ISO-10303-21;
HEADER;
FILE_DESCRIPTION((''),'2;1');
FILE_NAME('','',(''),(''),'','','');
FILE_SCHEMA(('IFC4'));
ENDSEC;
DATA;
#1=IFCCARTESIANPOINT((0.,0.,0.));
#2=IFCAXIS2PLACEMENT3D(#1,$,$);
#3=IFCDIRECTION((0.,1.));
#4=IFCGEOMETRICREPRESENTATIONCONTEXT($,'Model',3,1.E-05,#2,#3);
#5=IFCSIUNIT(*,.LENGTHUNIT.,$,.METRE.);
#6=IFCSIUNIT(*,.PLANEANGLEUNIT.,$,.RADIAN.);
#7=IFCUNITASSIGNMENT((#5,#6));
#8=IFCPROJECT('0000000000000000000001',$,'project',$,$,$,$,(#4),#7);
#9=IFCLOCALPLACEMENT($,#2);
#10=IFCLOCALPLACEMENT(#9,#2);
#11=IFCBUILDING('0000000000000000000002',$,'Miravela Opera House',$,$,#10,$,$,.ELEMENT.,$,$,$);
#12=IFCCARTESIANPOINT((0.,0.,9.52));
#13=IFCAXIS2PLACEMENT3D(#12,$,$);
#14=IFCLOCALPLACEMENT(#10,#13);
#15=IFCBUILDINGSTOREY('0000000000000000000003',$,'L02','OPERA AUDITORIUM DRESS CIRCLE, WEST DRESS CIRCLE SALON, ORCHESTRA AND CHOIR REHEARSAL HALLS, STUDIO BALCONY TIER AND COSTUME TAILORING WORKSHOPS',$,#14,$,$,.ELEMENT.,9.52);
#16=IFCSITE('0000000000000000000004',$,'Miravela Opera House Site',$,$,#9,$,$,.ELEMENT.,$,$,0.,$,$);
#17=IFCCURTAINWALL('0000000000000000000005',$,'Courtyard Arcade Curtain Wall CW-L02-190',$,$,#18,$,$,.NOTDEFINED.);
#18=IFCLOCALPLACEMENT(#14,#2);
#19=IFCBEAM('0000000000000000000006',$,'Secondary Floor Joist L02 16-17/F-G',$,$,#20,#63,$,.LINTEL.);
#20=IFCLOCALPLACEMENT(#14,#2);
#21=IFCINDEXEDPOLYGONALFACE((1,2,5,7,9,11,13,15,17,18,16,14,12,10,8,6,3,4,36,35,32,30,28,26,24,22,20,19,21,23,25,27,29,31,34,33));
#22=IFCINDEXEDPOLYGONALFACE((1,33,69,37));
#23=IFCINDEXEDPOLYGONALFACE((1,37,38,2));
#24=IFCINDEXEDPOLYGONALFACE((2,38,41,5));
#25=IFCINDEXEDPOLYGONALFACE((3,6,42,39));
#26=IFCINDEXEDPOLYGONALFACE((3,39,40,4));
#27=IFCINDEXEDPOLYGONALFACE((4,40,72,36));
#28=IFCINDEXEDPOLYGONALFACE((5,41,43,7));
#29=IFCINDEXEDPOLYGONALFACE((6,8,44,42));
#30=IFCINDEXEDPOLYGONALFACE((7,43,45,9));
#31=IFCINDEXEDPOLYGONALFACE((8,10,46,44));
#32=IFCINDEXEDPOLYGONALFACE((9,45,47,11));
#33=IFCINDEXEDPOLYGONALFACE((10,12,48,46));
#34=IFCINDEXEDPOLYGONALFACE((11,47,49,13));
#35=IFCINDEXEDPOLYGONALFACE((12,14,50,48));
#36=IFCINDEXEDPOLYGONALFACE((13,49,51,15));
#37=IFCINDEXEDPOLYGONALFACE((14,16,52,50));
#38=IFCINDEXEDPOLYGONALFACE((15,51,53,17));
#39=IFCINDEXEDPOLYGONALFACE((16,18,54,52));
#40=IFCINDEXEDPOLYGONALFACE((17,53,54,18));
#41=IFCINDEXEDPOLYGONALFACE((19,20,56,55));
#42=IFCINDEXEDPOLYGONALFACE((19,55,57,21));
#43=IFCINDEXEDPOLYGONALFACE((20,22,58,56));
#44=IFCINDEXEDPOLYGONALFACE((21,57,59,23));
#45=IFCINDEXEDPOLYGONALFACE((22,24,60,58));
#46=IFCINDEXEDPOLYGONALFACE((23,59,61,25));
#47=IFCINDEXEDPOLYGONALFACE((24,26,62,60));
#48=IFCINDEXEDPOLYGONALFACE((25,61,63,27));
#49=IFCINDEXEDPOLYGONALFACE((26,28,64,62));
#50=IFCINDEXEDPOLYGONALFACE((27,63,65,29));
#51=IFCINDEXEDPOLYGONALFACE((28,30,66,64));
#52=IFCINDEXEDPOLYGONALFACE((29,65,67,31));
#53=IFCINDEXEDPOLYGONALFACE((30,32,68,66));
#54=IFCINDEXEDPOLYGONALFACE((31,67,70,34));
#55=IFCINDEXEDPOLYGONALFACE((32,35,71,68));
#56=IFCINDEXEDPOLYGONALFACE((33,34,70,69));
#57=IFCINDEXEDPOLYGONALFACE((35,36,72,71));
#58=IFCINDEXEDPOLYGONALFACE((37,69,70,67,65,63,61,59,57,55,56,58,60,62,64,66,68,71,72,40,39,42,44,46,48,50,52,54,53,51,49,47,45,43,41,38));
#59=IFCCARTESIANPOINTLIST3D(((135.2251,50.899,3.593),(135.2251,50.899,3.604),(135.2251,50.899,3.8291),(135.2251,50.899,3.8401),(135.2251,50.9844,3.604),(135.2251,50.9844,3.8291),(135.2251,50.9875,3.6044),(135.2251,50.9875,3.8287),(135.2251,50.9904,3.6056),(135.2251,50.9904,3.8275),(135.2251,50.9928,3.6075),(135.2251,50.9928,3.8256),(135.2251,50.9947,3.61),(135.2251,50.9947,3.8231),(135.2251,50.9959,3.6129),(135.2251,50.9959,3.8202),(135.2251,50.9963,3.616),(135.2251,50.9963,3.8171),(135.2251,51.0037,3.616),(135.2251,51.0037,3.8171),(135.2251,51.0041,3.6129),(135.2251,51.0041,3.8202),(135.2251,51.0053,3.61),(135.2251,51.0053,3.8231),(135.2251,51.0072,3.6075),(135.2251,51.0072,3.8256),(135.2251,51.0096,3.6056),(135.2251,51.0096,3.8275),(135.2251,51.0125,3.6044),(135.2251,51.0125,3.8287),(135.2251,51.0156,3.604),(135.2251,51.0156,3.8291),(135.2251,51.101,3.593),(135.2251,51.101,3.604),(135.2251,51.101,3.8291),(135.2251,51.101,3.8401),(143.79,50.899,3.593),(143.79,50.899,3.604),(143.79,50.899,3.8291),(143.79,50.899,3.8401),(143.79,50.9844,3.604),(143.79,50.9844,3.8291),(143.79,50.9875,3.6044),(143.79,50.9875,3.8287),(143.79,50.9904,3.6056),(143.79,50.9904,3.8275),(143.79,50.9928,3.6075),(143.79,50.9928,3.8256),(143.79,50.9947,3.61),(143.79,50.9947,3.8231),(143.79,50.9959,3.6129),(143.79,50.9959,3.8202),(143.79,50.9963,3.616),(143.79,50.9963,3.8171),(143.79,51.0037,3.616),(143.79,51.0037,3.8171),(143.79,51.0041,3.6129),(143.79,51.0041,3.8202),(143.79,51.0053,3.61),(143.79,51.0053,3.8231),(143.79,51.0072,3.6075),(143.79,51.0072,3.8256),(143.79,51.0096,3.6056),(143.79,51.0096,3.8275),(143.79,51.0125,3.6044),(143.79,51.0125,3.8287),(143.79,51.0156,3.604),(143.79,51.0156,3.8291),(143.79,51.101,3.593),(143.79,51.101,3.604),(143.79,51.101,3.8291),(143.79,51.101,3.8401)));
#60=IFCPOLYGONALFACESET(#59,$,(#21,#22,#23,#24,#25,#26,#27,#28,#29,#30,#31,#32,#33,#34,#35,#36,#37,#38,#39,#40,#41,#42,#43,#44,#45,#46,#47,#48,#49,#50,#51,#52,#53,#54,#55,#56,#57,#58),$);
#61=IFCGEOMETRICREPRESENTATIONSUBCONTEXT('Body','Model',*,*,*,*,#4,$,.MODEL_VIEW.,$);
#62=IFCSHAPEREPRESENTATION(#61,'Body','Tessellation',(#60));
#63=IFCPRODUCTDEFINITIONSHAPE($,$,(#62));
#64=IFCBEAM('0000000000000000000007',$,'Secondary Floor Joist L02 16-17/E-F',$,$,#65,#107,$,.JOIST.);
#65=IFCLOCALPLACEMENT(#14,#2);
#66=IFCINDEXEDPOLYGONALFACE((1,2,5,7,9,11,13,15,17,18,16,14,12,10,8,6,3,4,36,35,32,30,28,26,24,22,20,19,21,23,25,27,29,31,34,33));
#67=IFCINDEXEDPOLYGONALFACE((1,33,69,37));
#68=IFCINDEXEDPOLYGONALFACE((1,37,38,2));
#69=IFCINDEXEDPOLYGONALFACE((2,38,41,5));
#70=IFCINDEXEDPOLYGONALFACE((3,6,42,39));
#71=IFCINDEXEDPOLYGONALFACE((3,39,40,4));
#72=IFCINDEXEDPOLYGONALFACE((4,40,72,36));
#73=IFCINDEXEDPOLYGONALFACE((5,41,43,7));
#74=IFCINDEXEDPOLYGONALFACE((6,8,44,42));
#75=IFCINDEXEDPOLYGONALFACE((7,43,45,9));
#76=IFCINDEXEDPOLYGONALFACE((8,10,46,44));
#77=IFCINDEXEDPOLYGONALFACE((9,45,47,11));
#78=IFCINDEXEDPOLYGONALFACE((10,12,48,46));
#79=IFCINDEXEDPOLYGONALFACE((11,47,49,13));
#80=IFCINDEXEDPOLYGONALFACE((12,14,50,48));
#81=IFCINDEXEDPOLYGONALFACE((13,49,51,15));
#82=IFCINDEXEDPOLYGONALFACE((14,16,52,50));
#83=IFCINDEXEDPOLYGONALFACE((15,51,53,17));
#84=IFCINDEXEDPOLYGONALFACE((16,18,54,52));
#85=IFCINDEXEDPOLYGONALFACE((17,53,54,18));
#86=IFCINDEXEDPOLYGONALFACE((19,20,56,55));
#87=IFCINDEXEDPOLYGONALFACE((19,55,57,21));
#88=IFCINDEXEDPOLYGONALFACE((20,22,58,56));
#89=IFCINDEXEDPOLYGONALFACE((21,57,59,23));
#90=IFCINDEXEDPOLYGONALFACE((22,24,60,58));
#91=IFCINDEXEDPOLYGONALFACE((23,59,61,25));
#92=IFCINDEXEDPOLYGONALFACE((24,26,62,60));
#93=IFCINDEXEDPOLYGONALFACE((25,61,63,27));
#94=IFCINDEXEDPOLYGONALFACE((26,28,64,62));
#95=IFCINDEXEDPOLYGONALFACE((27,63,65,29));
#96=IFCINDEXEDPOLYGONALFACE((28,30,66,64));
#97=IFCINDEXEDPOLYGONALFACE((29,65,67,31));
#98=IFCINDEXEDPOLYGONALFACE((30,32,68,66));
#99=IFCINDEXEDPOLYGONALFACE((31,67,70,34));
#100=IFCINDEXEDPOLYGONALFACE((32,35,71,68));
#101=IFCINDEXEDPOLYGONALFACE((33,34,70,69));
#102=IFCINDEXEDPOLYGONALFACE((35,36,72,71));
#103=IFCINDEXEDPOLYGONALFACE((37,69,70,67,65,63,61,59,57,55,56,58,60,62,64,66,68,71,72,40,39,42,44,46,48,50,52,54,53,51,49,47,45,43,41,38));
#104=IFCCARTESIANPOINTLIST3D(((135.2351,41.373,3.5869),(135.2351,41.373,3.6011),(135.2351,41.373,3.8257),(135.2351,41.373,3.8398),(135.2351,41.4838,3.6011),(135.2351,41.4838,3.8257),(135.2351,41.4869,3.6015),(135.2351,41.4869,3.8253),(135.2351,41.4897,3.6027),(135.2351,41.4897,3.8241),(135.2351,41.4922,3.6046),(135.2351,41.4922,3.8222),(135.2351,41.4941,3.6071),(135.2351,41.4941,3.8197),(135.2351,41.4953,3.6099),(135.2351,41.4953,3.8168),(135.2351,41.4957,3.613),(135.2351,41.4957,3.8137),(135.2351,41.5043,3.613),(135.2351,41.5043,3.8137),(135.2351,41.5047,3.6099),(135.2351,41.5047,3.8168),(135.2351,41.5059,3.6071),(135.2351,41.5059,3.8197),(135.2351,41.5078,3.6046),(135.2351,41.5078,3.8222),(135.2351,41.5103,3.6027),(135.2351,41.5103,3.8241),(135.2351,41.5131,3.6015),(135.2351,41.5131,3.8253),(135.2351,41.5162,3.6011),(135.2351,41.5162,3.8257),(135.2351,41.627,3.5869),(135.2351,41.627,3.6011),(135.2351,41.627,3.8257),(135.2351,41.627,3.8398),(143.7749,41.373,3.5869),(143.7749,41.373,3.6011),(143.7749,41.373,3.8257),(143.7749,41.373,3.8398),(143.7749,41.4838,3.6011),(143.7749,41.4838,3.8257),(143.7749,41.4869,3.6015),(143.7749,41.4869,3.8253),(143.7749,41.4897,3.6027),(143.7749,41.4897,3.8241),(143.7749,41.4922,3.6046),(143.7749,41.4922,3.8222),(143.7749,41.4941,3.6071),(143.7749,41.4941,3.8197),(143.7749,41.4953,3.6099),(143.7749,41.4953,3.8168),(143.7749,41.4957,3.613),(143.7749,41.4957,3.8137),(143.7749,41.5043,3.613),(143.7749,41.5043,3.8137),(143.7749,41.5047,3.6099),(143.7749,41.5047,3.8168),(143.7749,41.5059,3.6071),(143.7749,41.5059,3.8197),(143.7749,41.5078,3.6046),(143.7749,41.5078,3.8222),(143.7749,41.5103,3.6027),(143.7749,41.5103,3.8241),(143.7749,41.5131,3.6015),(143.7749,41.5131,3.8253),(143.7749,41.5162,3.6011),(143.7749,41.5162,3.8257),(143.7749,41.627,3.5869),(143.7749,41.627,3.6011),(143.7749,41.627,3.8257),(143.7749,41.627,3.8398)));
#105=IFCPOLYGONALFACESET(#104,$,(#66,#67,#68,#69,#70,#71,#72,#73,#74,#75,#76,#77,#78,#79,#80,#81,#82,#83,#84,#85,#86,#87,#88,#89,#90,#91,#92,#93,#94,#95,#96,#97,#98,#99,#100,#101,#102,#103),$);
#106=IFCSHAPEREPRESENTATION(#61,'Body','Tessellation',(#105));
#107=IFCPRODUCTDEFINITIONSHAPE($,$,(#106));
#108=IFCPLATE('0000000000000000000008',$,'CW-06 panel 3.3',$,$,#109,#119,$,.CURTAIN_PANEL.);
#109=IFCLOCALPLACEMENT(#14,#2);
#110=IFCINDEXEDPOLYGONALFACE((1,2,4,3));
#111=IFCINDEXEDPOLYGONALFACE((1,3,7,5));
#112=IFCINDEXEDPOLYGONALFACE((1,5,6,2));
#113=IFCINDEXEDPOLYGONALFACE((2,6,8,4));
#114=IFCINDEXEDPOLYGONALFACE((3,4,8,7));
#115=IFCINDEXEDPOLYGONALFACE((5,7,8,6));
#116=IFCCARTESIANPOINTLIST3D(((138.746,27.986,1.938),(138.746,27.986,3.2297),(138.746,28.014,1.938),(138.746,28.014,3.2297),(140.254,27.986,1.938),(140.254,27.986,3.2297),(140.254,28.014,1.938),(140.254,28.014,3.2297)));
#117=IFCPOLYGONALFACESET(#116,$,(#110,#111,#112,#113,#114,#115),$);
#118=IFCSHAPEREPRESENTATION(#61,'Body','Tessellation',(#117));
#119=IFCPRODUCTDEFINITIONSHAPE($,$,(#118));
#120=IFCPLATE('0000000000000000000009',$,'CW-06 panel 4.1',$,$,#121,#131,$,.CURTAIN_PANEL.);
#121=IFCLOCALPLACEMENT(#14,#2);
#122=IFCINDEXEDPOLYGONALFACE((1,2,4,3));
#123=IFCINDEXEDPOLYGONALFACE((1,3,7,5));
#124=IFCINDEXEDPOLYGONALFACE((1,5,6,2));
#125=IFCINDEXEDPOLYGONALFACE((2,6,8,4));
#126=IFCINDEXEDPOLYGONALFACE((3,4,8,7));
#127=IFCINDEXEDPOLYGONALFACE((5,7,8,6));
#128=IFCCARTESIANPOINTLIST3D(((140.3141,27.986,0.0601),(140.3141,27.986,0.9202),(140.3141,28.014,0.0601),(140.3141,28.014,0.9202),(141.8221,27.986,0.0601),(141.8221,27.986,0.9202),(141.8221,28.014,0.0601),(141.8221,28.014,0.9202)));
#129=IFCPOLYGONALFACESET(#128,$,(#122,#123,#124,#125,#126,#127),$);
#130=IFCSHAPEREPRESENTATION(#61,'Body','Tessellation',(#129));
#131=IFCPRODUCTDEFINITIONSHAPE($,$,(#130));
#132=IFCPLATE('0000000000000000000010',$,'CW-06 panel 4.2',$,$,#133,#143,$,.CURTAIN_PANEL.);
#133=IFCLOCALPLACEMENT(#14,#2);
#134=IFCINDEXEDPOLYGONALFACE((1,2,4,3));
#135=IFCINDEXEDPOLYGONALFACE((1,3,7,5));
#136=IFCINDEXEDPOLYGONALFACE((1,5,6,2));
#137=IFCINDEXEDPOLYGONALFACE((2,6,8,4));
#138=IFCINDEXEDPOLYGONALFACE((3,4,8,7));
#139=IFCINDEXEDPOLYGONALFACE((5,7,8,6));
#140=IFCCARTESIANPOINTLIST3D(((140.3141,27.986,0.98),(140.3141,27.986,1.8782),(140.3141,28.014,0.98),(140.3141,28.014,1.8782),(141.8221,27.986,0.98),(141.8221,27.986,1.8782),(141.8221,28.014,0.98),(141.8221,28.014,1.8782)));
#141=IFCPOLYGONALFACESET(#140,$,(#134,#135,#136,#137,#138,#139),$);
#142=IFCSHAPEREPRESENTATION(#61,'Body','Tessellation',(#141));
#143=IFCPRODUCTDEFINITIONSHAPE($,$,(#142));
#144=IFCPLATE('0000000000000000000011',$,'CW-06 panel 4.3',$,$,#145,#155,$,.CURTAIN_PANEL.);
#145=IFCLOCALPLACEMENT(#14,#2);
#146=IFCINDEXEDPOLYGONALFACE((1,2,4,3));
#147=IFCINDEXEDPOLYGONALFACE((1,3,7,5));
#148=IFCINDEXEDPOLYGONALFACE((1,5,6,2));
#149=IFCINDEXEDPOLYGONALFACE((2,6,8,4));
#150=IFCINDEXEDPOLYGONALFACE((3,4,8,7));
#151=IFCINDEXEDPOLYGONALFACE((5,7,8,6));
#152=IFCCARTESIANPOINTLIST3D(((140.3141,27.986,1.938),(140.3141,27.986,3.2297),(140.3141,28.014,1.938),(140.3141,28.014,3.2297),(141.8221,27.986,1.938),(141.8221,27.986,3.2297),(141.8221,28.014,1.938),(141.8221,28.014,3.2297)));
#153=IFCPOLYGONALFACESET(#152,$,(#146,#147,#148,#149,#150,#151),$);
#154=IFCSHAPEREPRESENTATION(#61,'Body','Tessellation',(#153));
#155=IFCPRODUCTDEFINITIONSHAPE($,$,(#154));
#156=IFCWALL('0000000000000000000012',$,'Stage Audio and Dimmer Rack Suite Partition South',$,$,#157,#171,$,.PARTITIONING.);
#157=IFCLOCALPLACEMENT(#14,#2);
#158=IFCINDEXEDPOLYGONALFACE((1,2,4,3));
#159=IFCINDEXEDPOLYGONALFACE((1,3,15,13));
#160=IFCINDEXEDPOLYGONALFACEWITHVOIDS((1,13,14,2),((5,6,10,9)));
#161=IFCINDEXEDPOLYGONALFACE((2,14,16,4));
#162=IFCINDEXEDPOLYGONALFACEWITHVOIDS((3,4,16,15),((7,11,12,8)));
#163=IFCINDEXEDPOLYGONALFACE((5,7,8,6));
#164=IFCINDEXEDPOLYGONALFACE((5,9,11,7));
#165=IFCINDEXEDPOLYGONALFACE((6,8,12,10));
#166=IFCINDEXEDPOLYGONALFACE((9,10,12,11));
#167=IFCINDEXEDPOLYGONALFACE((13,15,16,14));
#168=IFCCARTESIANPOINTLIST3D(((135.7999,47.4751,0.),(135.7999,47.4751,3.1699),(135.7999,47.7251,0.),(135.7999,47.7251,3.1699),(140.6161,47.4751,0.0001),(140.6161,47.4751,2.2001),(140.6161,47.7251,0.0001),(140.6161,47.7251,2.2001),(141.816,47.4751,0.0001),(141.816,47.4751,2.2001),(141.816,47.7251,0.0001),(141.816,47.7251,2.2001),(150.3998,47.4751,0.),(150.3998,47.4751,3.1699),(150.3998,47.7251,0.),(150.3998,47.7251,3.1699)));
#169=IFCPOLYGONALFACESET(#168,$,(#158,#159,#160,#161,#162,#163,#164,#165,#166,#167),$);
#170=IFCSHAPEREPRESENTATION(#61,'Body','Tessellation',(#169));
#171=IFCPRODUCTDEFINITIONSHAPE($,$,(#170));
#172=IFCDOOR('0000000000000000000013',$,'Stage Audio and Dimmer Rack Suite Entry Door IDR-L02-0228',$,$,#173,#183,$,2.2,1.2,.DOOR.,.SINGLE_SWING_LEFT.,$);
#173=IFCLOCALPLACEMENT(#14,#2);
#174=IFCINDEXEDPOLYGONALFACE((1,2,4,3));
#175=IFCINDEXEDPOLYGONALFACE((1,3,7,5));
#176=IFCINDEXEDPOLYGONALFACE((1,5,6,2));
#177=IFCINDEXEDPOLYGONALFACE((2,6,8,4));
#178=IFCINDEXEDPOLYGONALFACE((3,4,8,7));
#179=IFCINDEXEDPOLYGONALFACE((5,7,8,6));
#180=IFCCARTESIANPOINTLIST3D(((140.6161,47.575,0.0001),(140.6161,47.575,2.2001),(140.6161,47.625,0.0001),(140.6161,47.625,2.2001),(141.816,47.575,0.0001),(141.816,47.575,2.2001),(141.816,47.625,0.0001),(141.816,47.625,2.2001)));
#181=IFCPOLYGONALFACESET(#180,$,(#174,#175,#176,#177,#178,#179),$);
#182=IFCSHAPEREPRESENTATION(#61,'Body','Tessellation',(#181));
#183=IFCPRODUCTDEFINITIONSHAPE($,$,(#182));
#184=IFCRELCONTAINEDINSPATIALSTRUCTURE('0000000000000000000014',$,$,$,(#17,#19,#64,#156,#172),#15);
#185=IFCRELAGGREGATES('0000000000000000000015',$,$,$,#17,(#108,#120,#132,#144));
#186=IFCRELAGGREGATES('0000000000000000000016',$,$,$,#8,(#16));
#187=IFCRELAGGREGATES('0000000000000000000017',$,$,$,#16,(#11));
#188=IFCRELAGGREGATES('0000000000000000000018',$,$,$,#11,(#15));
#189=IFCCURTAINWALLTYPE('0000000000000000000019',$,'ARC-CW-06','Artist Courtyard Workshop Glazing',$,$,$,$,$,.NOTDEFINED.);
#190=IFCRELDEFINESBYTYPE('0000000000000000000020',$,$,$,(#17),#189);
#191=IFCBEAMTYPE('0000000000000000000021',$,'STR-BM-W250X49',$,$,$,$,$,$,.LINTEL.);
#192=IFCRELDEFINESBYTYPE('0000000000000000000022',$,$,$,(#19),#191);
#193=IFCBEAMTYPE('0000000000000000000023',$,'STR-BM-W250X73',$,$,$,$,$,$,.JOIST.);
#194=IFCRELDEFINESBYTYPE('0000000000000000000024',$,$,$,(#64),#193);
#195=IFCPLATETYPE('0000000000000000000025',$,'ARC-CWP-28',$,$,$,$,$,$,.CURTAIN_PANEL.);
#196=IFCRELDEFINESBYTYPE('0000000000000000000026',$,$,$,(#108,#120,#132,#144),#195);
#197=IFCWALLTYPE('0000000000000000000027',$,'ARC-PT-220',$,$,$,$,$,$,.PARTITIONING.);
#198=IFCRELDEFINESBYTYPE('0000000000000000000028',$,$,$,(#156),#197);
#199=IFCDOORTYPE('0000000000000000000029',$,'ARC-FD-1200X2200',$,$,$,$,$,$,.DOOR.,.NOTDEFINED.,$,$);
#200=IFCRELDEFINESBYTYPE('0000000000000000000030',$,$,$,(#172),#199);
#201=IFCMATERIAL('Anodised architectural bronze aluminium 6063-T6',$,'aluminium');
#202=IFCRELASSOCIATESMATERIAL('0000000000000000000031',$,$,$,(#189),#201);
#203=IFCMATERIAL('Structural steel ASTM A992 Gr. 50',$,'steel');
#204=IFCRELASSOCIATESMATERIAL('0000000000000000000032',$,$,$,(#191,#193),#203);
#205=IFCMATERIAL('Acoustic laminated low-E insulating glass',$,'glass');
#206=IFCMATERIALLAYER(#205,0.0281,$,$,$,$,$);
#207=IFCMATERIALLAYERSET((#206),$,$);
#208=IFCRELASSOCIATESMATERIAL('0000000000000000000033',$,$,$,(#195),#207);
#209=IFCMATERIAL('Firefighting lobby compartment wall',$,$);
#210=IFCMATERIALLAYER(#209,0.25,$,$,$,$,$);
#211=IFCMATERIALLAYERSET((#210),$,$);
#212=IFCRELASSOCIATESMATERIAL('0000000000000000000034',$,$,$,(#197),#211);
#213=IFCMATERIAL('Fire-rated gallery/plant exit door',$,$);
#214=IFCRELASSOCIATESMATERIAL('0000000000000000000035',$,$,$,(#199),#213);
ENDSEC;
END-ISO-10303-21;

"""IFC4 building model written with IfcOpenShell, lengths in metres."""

from ifc_helpers import new_model, si_unit, direction, frame, frame_2d, origin, origin_2d, place, context, subcontext, project, spatial, rectangle, i_section, extrude, material, layer, layer_set, material_profile, profile_set, type_object, element, fill, aggregate, save


model = new_model("IFC4")

# Units and contexts
model_context = context("Model", 3, precision=1e-05, world=origin(), true_north=direction((0.0, 1.0)))
body_context = subcontext(model_context, "Body", "Model", "MODEL_VIEW")
ifc_project = project(units=[si_unit("LENGTHUNIT", "METRE"), si_unit("PLANEANGLEUNIT", "RADIAN")], contexts=[model_context])

# Site, building, storey
site_placement = place(None, origin())
site = spatial("IfcSite", under=ifc_project, at=site_placement, Name="Miravela Opera House Site", CompositionType="ELEMENT", RefElevation=0.0)
building_placement = place(site_placement, origin())
building = spatial("IfcBuilding", under=site, at=building_placement, Name="Miravela Opera House", CompositionType="ELEMENT")
storey_placement = place(building_placement, frame((0.0, 0.0, 9.52)))
storey = spatial("IfcBuildingStorey", under=building, at=storey_placement, Name="L02", Description="OPERA AUDITORIUM DRESS CIRCLE, WEST DRESS CIRCLE SALON, ORCHESTRA AND CHOIR REHEARSAL HALLS, STUDIO BALCONY TIER AND COSTUME TAILORING WORKSHOPS", CompositionType="ELEMENT", Elevation=9.52)

# Curtain wall
ifc_material_1 = material(Name="Anodised architectural bronze aluminium 6063-T6", Category="aluminium")
curtain_wall_type = type_object("IfcCurtainWallType", Name="ARC-CW-06", Description="Artist Courtyard Workshop Glazing", PredefinedType="NOTDEFINED", material=ifc_material_1)
curtain_wall_placement = place(storey_placement, origin())
curtain_wall = element("IfcCurtainWall", 1, at=curtain_wall_placement, inside=storey, type_object=curtain_wall_type, Name="Courtyard Arcade Curtain Wall CW-L02-190", PredefinedType="NOTDEFINED")

# Beams
ifc_material_2 = material(Name="Structural steel ASTM A992 Gr. 50", Category="steel")
ifc_material_profile_1 = material_profile(ifc_material_2, i_section(OverallWidth=0.2019, OverallDepth=0.2471, WebThickness=0.0073, FlangeThickness=0.011, FilletRadius=0.012, at=origin_2d()), Name="W250X49")
ifc_profile_set_1 = profile_set([ifc_material_profile_1])
beam_type_1 = type_object("IfcBeamType", Name="STR-BM-W250X49", PredefinedType="LINTEL", material=ifc_profile_set_1)
beam_1_placement = place(storey_placement, frame((135.2251, 51.0, 3.7166), z_axis=(1.0, 0.0, 0.0), x_axis=(0.0, 1.0, 0.0)))
element("IfcBeam", 2, at=beam_1_placement, inside=storey, type_object=beam_type_1, Name="Secondary Floor Joist L02 16-17/F-G", PredefinedType="LINTEL", context=body_context, shape_type="SweptSolid", body=[
    extrude(i_section(OverallWidth=0.2019, OverallDepth=0.2471, WebThickness=0.0073, FlangeThickness=0.011, FilletRadius=0.012, at=origin_2d()), origin(), (0.0, 0.0, 1.0), 8.5649),
])
ifc_material_profile_2 = material_profile(ifc_material_2, i_section(OverallWidth=0.2539, OverallDepth=0.2529, WebThickness=0.0085, FlangeThickness=0.0142, FilletRadius=0.012, at=origin_2d()), Name="W250X73")
ifc_profile_set_2 = profile_set([ifc_material_profile_2])
beam_type_2 = type_object("IfcBeamType", Name="STR-BM-W250X73", PredefinedType="JOIST", material=ifc_profile_set_2)
beam_2_placement = place(storey_placement, frame((135.2351, 41.5, 3.7134), z_axis=(1.0, 0.0, 0.0), x_axis=(0.0, 1.0, 0.0)))
element("IfcBeam", 3, at=beam_2_placement, inside=storey, type_object=beam_type_2, Name="Secondary Floor Joist L02 16-17/E-F", PredefinedType="JOIST", context=body_context, shape_type="SweptSolid", body=[
    extrude(i_section(OverallWidth=0.2539, OverallDepth=0.2529, WebThickness=0.0085, FlangeThickness=0.0142, FilletRadius=0.012, at=origin_2d()), origin(), (0.0, 0.0, 1.0), 8.5398),
])

# Plates
ifc_material_3 = material(Name="Acoustic laminated low-E insulating glass", Category="glass")
ifc_layer_1 = layer(ifc_material_3, 0.0281)
ifc_layer_set_1 = layer_set([ifc_layer_1])
plate_type = type_object("IfcPlateType", Name="ARC-CWP-28", PredefinedType="CURTAIN_PANEL", material=ifc_layer_set_1)
plate_1_placement = place(storey_placement, frame((139.5, 28.0, 1.938), z_axis=(0.0, 0.0, 1.0), x_axis=(1.0, 0.0, 0.0)))
plate_1 = element("IfcPlate", 4, at=plate_1_placement, type_object=plate_type, Name="CW-06 panel 3.3", PredefinedType="CURTAIN_PANEL", context=body_context, shape_type="SweptSolid", body=[
    extrude(rectangle(XDim=1.5081, YDim=0.0281, at=origin_2d()), origin(), (0.0, 0.0, 1.0), 1.2917),
])
plate_2_placement = place(storey_placement, frame((141.0681, 28.0, 0.0601), z_axis=(0.0, 0.0, 1.0), x_axis=(1.0, 0.0, 0.0)))
plate_2 = element("IfcPlate", 5, at=plate_2_placement, type_object=plate_type, Name="CW-06 panel 4.1", PredefinedType="CURTAIN_PANEL", context=body_context, shape_type="SweptSolid", body=[
    extrude(rectangle(XDim=1.5081, YDim=0.0281, at=origin_2d()), origin(), (0.0, 0.0, 1.0), 0.8601),
])
plate_3_placement = place(storey_placement, frame((141.0681, 28.0, 0.98), z_axis=(0.0, 0.0, 1.0), x_axis=(1.0, 0.0, 0.0)))
plate_3 = element("IfcPlate", 6, at=plate_3_placement, type_object=plate_type, Name="CW-06 panel 4.2", PredefinedType="CURTAIN_PANEL", context=body_context, shape_type="SweptSolid", body=[
    extrude(rectangle(XDim=1.5081, YDim=0.0281, at=origin_2d()), origin(), (0.0, 0.0, 1.0), 0.8982),
])
plate_4_placement = place(storey_placement, frame((141.0681, 28.0, 1.938), z_axis=(0.0, 0.0, 1.0), x_axis=(1.0, 0.0, 0.0)))
plate_4 = element("IfcPlate", 7, at=plate_4_placement, type_object=plate_type, Name="CW-06 panel 4.3", PredefinedType="CURTAIN_PANEL", context=body_context, shape_type="SweptSolid", body=[
    extrude(rectangle(XDim=1.5081, YDim=0.0281, at=origin_2d()), origin(), (0.0, 0.0, 1.0), 1.2917),
])
aggregate(curtain_wall, [plate_1, plate_2, plate_3, plate_4])

# Wall, opening, door
ifc_material_4 = material(Name="Firefighting lobby compartment wall")
ifc_layer_2 = layer(ifc_material_4, 0.25)
ifc_layer_set_2 = layer_set([ifc_layer_2])
wall_type = type_object("IfcWallType", Name="ARC-PT-220", PredefinedType="PARTITIONING", material=ifc_layer_set_2)
wall_1_placement = place(storey_placement, frame((135.8, 47.6001, 0.0), z_axis=(0.0, 0.0, 1.0), x_axis=(1.0, 0.0, 0.0)))
wall_1 = element("IfcWall", 8, at=wall_1_placement, inside=storey, type_object=wall_type, Name="Stage Audio and Dimmer Rack Suite Partition South", PredefinedType="PARTITIONING", context=body_context, shape_type="SweptSolid", body=[
    extrude(rectangle(XDim=14.5999, YDim=0.25, at=frame_2d((7.2998, 0.0))), origin(), (0.0, 0.0, 1.0), 3.1699),
])
opening_1_placement = place(wall_1_placement, frame((4.8159, 0.0, 0.0)))
opening_1 = element("IfcOpeningElement", 9, at=opening_1_placement, cuts=wall_1, PredefinedType="OPENING", context=body_context, shape_type="SweptSolid", body=[
    extrude(rectangle(XDim=1.2, YDim=2.2, at=frame_2d((0.6001, 1.1001))), frame((0.0, 0.135, 0.0), z_axis=(0.0, -1.0, 0.0), x_axis=(1.0, 0.0, 0.0)), (0.0, 0.0, 1.0), 0.27),
])
ifc_material_5 = material(Name="Fire-rated gallery/plant exit door")
door_type_1 = type_object("IfcDoorType", Name="ARC-FD-1200X2200", OperationType="NOTDEFINED", PredefinedType="DOOR", material=ifc_material_5)
door_1_placement = place(opening_1_placement, origin())
door_1 = element("IfcDoor", 10, at=door_1_placement, inside=storey, type_object=door_type_1, Name="Stage Audio and Dimmer Rack Suite Entry Door IDR-L02-0228", OperationType="SINGLE_SWING_LEFT", OverallHeight=2.2, OverallWidth=1.2, PredefinedType="DOOR", context=body_context, shape_type="SweptSolid", body=[
    extrude(rectangle(XDim=1.2, YDim=2.2, at=frame_2d((0.6001, 1.1001))), frame((0.0, 0.0249, 0.0), z_axis=(0.0, -1.0, 0.0), x_axis=(1.0, 0.0, 0.0)), (0.0, 0.0, 1.0), 0.05),
])
fill(opening_1, door_1)

save(model, "model.ifc")
